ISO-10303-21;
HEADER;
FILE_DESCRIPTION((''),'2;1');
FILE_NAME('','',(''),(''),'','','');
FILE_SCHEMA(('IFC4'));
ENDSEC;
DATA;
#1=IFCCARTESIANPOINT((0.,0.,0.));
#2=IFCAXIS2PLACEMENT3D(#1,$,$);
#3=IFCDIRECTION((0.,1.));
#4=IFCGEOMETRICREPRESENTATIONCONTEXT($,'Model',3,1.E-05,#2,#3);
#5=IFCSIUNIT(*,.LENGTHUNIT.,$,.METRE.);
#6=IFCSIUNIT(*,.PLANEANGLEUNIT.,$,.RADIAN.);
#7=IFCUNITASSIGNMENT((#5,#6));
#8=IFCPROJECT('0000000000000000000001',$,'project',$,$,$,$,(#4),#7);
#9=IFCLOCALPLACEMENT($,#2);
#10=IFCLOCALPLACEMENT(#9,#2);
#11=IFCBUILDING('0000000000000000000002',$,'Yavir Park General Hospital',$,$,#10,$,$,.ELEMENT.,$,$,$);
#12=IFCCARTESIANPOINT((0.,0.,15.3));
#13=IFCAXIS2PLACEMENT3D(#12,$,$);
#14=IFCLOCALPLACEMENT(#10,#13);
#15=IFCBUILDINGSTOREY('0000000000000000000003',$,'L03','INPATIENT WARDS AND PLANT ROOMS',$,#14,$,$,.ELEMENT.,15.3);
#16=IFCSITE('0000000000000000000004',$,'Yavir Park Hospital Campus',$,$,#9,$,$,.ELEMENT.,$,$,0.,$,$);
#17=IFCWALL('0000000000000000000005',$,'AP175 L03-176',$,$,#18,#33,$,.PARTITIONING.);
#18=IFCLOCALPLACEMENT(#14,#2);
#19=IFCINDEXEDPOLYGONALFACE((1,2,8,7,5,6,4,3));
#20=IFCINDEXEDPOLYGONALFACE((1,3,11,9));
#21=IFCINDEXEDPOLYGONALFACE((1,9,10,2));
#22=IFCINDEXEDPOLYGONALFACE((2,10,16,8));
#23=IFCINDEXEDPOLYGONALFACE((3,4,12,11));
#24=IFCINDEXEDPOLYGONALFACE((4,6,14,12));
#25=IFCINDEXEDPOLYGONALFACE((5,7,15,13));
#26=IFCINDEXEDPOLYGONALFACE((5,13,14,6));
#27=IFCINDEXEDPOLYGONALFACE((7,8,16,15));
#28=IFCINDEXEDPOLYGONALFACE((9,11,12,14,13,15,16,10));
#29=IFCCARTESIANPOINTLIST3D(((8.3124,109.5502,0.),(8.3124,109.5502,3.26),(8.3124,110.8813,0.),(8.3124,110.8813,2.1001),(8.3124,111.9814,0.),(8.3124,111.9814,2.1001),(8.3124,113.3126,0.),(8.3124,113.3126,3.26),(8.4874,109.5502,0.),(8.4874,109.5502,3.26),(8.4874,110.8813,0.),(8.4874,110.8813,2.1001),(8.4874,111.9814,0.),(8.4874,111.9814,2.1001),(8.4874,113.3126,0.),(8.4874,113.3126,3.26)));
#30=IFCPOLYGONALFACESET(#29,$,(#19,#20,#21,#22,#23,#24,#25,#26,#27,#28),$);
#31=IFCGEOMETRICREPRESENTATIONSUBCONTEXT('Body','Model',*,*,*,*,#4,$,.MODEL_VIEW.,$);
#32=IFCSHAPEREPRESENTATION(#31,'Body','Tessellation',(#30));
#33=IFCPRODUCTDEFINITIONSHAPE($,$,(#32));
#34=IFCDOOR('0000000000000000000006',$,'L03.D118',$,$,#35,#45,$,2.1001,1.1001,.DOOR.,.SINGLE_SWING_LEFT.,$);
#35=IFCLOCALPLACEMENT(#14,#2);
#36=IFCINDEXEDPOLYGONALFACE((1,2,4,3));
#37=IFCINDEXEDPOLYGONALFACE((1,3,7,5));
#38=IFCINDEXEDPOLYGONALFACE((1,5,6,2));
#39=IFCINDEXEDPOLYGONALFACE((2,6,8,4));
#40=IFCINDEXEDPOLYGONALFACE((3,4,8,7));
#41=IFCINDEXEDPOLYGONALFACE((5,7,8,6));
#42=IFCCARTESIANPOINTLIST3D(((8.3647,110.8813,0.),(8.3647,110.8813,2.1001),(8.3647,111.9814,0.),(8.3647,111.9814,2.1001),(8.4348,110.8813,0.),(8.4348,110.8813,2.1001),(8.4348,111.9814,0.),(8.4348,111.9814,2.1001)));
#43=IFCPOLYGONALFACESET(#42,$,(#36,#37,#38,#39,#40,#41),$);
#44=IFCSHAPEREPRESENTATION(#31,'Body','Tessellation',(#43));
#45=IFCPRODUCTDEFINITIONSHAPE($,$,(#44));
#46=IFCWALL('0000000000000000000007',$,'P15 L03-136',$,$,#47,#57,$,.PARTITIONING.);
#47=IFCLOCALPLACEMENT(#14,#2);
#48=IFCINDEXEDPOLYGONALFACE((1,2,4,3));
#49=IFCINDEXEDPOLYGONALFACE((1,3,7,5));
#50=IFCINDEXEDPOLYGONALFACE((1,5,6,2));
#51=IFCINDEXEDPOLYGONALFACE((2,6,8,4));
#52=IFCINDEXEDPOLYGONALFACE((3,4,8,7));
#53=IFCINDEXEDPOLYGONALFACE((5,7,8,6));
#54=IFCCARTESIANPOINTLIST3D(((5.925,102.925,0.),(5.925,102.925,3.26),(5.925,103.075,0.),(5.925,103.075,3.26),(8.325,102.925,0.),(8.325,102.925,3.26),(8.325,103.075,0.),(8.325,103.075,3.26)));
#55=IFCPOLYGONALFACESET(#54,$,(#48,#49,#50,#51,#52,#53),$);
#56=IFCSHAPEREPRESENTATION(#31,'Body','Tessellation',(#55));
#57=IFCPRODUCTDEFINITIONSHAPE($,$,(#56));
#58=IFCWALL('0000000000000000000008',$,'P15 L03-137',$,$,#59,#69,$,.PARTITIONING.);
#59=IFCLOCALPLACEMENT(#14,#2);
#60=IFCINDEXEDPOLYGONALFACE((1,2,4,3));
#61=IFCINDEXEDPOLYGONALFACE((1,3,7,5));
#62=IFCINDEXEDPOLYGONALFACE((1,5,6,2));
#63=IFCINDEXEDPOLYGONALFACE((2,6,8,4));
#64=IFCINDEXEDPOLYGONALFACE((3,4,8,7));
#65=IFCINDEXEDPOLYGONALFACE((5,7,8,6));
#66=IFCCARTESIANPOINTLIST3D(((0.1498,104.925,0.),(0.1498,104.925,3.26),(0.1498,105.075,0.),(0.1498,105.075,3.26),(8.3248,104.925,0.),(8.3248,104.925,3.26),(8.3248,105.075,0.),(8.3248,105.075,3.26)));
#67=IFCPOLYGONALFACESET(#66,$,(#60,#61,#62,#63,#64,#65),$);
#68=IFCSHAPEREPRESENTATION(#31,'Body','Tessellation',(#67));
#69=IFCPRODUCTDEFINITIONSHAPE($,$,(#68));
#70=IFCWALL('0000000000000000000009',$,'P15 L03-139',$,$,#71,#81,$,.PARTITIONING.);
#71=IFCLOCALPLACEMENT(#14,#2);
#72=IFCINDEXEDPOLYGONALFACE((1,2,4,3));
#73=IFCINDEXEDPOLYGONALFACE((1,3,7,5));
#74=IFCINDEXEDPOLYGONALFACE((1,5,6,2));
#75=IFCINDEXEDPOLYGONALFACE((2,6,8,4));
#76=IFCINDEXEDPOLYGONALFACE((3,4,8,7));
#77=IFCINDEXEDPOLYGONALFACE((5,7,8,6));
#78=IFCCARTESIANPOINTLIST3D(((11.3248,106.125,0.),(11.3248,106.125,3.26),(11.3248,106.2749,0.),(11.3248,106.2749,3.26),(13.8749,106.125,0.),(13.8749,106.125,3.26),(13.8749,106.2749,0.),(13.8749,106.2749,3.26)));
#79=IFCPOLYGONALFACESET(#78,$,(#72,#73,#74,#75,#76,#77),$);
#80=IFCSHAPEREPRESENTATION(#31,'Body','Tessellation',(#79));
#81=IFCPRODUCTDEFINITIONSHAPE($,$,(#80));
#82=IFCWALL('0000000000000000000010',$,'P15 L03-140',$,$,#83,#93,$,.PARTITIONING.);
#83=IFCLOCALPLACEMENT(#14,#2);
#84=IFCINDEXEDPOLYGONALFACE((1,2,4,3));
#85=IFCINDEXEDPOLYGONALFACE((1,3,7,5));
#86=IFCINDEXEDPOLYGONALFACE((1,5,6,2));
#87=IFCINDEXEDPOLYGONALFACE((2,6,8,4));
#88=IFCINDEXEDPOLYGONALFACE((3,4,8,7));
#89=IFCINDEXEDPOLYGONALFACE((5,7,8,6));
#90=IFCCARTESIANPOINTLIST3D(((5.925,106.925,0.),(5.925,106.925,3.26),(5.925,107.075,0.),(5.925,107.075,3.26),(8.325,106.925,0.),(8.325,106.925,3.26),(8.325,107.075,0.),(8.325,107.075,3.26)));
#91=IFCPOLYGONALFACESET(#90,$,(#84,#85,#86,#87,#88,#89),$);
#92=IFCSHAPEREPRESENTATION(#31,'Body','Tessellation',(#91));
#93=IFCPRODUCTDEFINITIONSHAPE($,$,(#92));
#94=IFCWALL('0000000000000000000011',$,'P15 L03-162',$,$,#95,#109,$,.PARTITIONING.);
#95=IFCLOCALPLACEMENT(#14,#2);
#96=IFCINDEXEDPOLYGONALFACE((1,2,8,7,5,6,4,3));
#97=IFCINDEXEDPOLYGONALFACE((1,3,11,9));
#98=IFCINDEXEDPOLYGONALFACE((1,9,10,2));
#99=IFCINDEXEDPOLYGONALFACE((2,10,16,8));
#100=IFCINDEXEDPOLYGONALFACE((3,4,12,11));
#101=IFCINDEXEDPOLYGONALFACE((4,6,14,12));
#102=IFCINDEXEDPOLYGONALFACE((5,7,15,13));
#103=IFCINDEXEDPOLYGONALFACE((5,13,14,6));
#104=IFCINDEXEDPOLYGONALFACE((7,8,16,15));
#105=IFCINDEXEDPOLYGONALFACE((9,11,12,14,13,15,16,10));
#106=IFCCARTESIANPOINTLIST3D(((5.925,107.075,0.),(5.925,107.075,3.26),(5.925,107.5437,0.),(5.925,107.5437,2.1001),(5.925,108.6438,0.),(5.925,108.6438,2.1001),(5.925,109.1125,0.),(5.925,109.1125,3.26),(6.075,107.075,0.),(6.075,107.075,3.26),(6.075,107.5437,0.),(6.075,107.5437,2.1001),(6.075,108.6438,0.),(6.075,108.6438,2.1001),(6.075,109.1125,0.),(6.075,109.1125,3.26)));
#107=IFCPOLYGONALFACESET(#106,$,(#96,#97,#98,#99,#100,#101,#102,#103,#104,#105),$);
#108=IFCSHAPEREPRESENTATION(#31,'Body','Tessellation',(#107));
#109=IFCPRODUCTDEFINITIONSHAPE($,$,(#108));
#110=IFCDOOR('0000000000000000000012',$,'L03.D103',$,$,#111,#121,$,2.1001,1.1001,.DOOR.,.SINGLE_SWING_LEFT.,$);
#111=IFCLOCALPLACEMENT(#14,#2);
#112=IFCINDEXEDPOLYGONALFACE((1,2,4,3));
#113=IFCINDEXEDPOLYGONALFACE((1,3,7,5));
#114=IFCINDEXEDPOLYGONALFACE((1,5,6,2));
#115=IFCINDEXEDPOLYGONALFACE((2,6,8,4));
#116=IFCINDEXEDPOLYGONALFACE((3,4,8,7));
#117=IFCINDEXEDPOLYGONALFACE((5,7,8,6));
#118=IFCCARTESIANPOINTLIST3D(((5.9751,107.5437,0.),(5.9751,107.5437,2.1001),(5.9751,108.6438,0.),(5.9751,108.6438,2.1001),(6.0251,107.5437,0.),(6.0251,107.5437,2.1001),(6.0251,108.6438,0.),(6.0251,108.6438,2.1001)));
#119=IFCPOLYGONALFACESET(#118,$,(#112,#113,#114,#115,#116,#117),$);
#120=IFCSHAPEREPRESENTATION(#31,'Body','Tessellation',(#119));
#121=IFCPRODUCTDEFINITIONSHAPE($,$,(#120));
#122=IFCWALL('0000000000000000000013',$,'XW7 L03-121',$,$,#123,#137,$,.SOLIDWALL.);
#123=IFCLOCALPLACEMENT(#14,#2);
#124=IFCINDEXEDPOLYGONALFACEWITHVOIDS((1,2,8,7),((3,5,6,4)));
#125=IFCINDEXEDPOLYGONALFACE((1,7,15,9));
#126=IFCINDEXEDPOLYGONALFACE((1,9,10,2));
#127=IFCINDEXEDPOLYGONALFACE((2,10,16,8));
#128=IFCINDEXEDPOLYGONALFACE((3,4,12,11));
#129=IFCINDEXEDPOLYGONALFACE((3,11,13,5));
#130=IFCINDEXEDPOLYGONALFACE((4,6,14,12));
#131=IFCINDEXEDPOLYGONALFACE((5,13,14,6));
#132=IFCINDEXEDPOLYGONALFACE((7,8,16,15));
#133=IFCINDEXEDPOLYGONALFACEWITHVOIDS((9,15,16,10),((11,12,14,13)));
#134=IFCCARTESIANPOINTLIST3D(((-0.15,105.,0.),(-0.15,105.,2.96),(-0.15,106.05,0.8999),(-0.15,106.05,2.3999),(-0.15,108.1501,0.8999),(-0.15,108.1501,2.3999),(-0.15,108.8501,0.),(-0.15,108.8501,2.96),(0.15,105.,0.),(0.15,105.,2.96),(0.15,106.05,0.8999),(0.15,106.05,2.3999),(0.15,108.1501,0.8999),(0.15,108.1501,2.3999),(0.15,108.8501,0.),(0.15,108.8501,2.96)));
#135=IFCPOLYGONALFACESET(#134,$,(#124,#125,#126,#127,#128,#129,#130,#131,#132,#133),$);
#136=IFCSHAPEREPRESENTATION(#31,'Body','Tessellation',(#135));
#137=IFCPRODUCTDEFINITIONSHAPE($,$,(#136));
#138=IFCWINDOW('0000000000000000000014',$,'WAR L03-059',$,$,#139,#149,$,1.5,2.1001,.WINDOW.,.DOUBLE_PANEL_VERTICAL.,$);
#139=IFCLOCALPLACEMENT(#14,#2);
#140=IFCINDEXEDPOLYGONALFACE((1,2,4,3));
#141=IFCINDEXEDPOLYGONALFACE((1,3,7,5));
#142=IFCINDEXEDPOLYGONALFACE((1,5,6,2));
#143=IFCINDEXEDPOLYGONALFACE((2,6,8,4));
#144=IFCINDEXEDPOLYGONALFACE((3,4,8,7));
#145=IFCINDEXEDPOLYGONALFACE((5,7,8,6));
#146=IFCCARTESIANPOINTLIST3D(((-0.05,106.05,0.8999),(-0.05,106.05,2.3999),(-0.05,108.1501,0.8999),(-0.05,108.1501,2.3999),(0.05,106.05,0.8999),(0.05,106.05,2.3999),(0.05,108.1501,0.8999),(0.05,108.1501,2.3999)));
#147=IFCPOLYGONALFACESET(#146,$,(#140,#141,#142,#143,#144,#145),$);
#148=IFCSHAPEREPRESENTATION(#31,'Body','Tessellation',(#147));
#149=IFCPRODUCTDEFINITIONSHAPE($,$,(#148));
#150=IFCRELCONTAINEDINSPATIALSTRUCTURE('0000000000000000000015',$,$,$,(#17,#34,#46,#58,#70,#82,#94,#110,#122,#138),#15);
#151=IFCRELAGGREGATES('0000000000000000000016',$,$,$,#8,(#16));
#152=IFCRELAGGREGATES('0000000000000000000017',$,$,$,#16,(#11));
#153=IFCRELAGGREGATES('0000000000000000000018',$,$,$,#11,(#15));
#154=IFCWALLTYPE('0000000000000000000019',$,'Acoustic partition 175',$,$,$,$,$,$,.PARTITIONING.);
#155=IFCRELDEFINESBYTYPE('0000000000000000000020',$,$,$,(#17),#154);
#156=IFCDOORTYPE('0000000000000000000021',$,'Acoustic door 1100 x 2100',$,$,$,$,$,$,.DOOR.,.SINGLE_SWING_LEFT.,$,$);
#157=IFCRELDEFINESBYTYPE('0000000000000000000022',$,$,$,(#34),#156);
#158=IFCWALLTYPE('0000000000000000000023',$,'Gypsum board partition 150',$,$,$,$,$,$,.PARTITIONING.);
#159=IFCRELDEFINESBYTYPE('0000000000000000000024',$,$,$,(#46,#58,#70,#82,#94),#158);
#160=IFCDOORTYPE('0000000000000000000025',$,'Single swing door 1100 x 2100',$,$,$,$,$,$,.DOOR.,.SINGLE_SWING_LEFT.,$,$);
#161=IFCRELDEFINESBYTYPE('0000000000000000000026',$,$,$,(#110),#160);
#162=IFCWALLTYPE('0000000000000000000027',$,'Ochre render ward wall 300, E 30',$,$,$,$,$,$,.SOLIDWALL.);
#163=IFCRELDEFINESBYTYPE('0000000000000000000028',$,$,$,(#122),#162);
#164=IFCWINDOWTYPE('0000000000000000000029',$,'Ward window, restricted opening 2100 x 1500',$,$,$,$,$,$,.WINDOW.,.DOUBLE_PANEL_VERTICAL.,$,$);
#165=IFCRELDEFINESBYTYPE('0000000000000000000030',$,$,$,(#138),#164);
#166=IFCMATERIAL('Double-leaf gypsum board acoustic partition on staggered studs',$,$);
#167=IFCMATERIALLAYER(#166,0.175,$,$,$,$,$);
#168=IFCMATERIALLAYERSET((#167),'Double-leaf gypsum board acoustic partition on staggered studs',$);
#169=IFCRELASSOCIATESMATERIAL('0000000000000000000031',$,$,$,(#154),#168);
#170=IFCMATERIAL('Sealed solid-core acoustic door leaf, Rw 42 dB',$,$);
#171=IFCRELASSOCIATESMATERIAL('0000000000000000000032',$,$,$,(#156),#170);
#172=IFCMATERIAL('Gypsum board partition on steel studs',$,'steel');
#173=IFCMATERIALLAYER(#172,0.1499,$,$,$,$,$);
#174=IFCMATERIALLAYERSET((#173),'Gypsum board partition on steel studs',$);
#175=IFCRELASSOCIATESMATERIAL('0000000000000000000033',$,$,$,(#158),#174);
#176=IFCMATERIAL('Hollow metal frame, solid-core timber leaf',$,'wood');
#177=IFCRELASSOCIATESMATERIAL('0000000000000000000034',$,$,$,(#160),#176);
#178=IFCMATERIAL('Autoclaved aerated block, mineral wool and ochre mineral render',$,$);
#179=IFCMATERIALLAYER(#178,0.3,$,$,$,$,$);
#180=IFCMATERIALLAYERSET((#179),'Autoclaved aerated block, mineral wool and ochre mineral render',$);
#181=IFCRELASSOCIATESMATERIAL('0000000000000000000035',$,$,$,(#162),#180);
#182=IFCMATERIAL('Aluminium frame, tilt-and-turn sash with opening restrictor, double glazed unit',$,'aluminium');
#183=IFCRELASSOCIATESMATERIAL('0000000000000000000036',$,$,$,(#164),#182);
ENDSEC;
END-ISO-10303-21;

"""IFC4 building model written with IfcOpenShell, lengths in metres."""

from ifc_helpers import new_model, si_unit, direction, frame, frame_2d, origin, place, context, subcontext, project, spatial, rectangle, extrude, material, layer, layer_set, type_object, element, fill, save


model = new_model("IFC4")

# Units and contexts
model_context = context("Model", 3, precision=1e-05, world=origin(), true_north=direction((0.0, 1.0)))
body_context = subcontext(model_context, "Body", "Model", "MODEL_VIEW")
ifc_project = project(units=[si_unit("LENGTHUNIT", "METRE"), si_unit("PLANEANGLEUNIT", "RADIAN")], contexts=[model_context])

# Site, building, storey
site_placement = place(None, origin())
site = spatial("IfcSite", under=ifc_project, at=site_placement, Name="Yavir Park Hospital Campus", CompositionType="ELEMENT", RefElevation=0.0)
building_placement = place(site_placement, origin())
building = spatial("IfcBuilding", under=site, at=building_placement, Name="Yavir Park General Hospital", CompositionType="ELEMENT")
storey_placement = place(building_placement, frame((0.0, 0.0, 15.3)))
storey = spatial("IfcBuildingStorey", under=building, at=storey_placement, Name="L03", Description="INPATIENT WARDS AND PLANT ROOMS", CompositionType="ELEMENT", Elevation=15.3)

# Shared definitions
ifc_material_1 = material(Name="Double-leaf gypsum board acoustic partition on staggered studs")
ifc_layer_1 = layer(ifc_material_1, 0.175)
ifc_layer_set_1 = layer_set([ifc_layer_1], Name="Double-leaf gypsum board acoustic partition on staggered studs")
wall_type_1 = type_object("IfcWallType", Name="Acoustic partition 175", PredefinedType="PARTITIONING", material=ifc_layer_set_1)

# Wall, opening, door
wall_1_placement = place(storey_placement, frame((8.3999, 109.55, 0.0), z_axis=(0.0, 0.0, 1.0), x_axis=(0.0, 1.0, 0.0)))
wall_1 = element("IfcWall", 1, at=wall_1_placement, inside=storey, type_object=wall_type_1, Name="AP175 L03-176", PredefinedType="PARTITIONING", context=body_context, shape_type="SweptSolid", body=[
    extrude(rectangle(XDim=3.7625, YDim=0.175, at=frame_2d((1.8813, 0.0))), origin(), (0.0, 0.0, 1.0), 3.26),
])
opening_1_placement = place(wall_1_placement, frame((1.3313, 0.0, 0.0)))
opening_1 = element("IfcOpeningElement", 2, at=opening_1_placement, cuts=wall_1, PredefinedType="OPENING", context=body_context, shape_type="SweptSolid", body=[
    extrude(rectangle(XDim=1.1001, YDim=2.1001, at=frame_2d((0.55, 1.05))), frame((0.0, 0.0974, 0.0), z_axis=(0.0, -1.0, 0.0), x_axis=(1.0, 0.0, 0.0)), (0.0, 0.0, 1.0), 0.1951),
])
ifc_material_2 = material(Name="Sealed solid-core acoustic door leaf, Rw 42 dB")
door_type_1 = type_object("IfcDoorType", Name="Acoustic door 1100 x 2100", OperationType="SINGLE_SWING_LEFT", PredefinedType="DOOR", material=ifc_material_2)
door_1_placement = place(opening_1_placement, origin())
door_1 = element("IfcDoor", 3, at=door_1_placement, inside=storey, type_object=door_type_1, Name="L03.D118", OperationType="SINGLE_SWING_LEFT", OverallHeight=2.1001, OverallWidth=1.1001, PredefinedType="DOOR", context=body_context, shape_type="SweptSolid", body=[
    extrude(rectangle(XDim=1.1001, YDim=2.1001, at=frame_2d((0.55, 1.05))), frame((0.0, 0.0352, 0.0), z_axis=(0.0, -1.0, 0.0), x_axis=(1.0, 0.0, 0.0)), (0.0, 0.0, 1.0), 0.0701),
])
fill(opening_1, door_1)

# Walls
ifc_material_3 = material(Name="Gypsum board partition on steel studs", Category="steel")
ifc_layer_2 = layer(ifc_material_3, 0.1499)
ifc_layer_set_2 = layer_set([ifc_layer_2], Name="Gypsum board partition on steel studs")
wall_type_2 = type_object("IfcWallType", Name="Gypsum board partition 150", PredefinedType="PARTITIONING", material=ifc_layer_set_2)
wall_2_placement = place(storey_placement, frame((5.925, 103.0, 0.0), z_axis=(0.0, 0.0, 1.0), x_axis=(1.0, 0.0, 0.0)))
element("IfcWall", 4, at=wall_2_placement, inside=storey, type_object=wall_type_2, Name="P15 L03-136", PredefinedType="PARTITIONING", context=body_context, shape_type="SweptSolid", body=[
    extrude(rectangle(XDim=2.3999, YDim=0.1499, at=frame_2d((1.2, 0.0))), origin(), (0.0, 0.0, 1.0), 3.26),
])
wall_3_placement = place(storey_placement, frame((0.1499, 105.0, 0.0), z_axis=(0.0, 0.0, 1.0), x_axis=(1.0, 0.0, 0.0)))
element("IfcWall", 5, at=wall_3_placement, inside=storey, type_object=wall_type_2, Name="P15 L03-137", PredefinedType="PARTITIONING", context=body_context, shape_type="SweptSolid", body=[
    extrude(rectangle(XDim=8.175, YDim=0.1499, at=frame_2d((4.0874, 0.0))), origin(), (0.0, 0.0, 1.0), 3.26),
])
wall_4_placement = place(storey_placement, frame((11.325, 106.2, 0.0), z_axis=(0.0, 0.0, 1.0), x_axis=(1.0, 0.0, 0.0)))
element("IfcWall", 6, at=wall_4_placement, inside=storey, type_object=wall_type_2, Name="P15 L03-139", PredefinedType="PARTITIONING", context=body_context, shape_type="SweptSolid", body=[
    extrude(rectangle(XDim=2.55, YDim=0.1499, at=frame_2d((1.2749, 0.0))), origin(), (0.0, 0.0, 1.0), 3.26),
])
wall_5_placement = place(storey_placement, frame((5.925, 107.0, 0.0), z_axis=(0.0, 0.0, 1.0), x_axis=(1.0, 0.0, 0.0)))
element("IfcWall", 7, at=wall_5_placement, inside=storey, type_object=wall_type_2, Name="P15 L03-140", PredefinedType="PARTITIONING", context=body_context, shape_type="SweptSolid", body=[
    extrude(rectangle(XDim=2.3999, YDim=0.1499, at=frame_2d((1.2, 0.0))), origin(), (0.0, 0.0, 1.0), 3.26),
])

# Wall, opening, door
wall_6_placement = place(storey_placement, frame((6.0, 107.075, 0.0), z_axis=(0.0, 0.0, 1.0), x_axis=(0.0, 1.0, 0.0)))
wall_6 = element("IfcWall", 8, at=wall_6_placement, inside=storey, type_object=wall_type_2, Name="P15 L03-162", PredefinedType="PARTITIONING", context=body_context, shape_type="SweptSolid", body=[
    extrude(rectangle(XDim=2.0376, YDim=0.1499, at=frame_2d((1.0188, 0.0))), origin(), (0.0, 0.0, 1.0), 3.26),
])
opening_2_placement = place(wall_6_placement, frame((0.4688, 0.0, 0.0)))
opening_2 = element("IfcOpeningElement", 9, at=opening_2_placement, cuts=wall_6, PredefinedType="OPENING", context=body_context, shape_type="SweptSolid", body=[
    extrude(rectangle(XDim=1.1001, YDim=2.1001, at=frame_2d((0.55, 1.05))), frame((0.0, 0.085, 0.0), z_axis=(0.0, -1.0, 0.0), x_axis=(1.0, 0.0, 0.0)), (0.0, 0.0, 1.0), 0.1699),
])
ifc_material_4 = material(Name="Hollow metal frame, solid-core timber leaf", Category="wood")
door_type_2 = type_object("IfcDoorType", Name="Single swing door 1100 x 2100", OperationType="SINGLE_SWING_LEFT", PredefinedType="DOOR", material=ifc_material_4)
door_2_placement = place(opening_2_placement, origin())
door_2 = element("IfcDoor", 10, at=door_2_placement, inside=storey, type_object=door_type_2, Name="L03.D103", OperationType="SINGLE_SWING_LEFT", OverallHeight=2.1001, OverallWidth=1.1001, PredefinedType="DOOR", context=body_context, shape_type="SweptSolid", body=[
    extrude(rectangle(XDim=1.1001, YDim=2.1001, at=frame_2d((0.55, 1.05))), frame((0.0, 0.0249, 0.0), z_axis=(0.0, -1.0, 0.0), x_axis=(1.0, 0.0, 0.0)), (0.0, 0.0, 1.0), 0.05),
])
fill(opening_2, door_2)

# Wall, opening, window
ifc_material_5 = material(Name="Autoclaved aerated block, mineral wool and ochre mineral render")
ifc_layer_3 = layer(ifc_material_5, 0.3)
ifc_layer_set_3 = layer_set([ifc_layer_3], Name="Autoclaved aerated block, mineral wool and ochre mineral render")
wall_type_3 = type_object("IfcWallType", Name="Ochre render ward wall 300, E 30", PredefinedType="SOLIDWALL", material=ifc_layer_set_3)
wall_7_placement = place(storey_placement, frame((0.0, 105.0, 0.0), z_axis=(0.0, 0.0, 1.0), x_axis=(0.0, 1.0, 0.0)))
wall_7 = element("IfcWall", 11, at=wall_7_placement, inside=storey, type_object=wall_type_3, Name="XW7 L03-121", PredefinedType="SOLIDWALL", context=body_context, shape_type="SweptSolid", body=[
    extrude(rectangle(XDim=3.8501, YDim=0.3, at=frame_2d((1.925, 0.0))), origin(), (0.0, 0.0, 1.0), 2.96),
])
opening_3_placement = place(wall_7_placement, frame((1.05, 0.0, 0.8999)))
opening_3 = element("IfcOpeningElement", 12, at=opening_3_placement, cuts=wall_7, PredefinedType="OPENING", context=body_context, shape_type="SweptSolid", body=[
    extrude(rectangle(XDim=2.1001, YDim=1.5, at=frame_2d((1.05, 0.75))), frame((0.0, 0.1599, 0.0), z_axis=(0.0, -1.0, 0.0), x_axis=(1.0, 0.0, 0.0)), (0.0, 0.0, 1.0), 0.3201),
])
ifc_material_6 = material(Name="Aluminium frame, tilt-and-turn sash with opening restrictor, double glazed unit", Category="aluminium")
window_type_1 = type_object("IfcWindowType", Name="Ward window, restricted opening 2100 x 1500", PartitioningType="DOUBLE_PANEL_VERTICAL", PredefinedType="WINDOW", material=ifc_material_6)
window_1_placement = place(opening_3_placement, origin())
window_1 = element("IfcWindow", 13, at=window_1_placement, inside=storey, type_object=window_type_1, Name="WAR L03-059", OverallHeight=1.5, OverallWidth=2.1001, PartitioningType="DOUBLE_PANEL_VERTICAL", PredefinedType="WINDOW", context=body_context, shape_type="SweptSolid", body=[
    extrude(rectangle(XDim=2.1001, YDim=1.5, at=frame_2d((1.05, 0.75))), frame((0.0, 0.05, 0.0), z_axis=(0.0, -1.0, 0.0), x_axis=(1.0, 0.0, 0.0)), (0.0, 0.0, 1.0), 0.1001),
])
fill(opening_3, window_1)

save(model, "model.ifc")
